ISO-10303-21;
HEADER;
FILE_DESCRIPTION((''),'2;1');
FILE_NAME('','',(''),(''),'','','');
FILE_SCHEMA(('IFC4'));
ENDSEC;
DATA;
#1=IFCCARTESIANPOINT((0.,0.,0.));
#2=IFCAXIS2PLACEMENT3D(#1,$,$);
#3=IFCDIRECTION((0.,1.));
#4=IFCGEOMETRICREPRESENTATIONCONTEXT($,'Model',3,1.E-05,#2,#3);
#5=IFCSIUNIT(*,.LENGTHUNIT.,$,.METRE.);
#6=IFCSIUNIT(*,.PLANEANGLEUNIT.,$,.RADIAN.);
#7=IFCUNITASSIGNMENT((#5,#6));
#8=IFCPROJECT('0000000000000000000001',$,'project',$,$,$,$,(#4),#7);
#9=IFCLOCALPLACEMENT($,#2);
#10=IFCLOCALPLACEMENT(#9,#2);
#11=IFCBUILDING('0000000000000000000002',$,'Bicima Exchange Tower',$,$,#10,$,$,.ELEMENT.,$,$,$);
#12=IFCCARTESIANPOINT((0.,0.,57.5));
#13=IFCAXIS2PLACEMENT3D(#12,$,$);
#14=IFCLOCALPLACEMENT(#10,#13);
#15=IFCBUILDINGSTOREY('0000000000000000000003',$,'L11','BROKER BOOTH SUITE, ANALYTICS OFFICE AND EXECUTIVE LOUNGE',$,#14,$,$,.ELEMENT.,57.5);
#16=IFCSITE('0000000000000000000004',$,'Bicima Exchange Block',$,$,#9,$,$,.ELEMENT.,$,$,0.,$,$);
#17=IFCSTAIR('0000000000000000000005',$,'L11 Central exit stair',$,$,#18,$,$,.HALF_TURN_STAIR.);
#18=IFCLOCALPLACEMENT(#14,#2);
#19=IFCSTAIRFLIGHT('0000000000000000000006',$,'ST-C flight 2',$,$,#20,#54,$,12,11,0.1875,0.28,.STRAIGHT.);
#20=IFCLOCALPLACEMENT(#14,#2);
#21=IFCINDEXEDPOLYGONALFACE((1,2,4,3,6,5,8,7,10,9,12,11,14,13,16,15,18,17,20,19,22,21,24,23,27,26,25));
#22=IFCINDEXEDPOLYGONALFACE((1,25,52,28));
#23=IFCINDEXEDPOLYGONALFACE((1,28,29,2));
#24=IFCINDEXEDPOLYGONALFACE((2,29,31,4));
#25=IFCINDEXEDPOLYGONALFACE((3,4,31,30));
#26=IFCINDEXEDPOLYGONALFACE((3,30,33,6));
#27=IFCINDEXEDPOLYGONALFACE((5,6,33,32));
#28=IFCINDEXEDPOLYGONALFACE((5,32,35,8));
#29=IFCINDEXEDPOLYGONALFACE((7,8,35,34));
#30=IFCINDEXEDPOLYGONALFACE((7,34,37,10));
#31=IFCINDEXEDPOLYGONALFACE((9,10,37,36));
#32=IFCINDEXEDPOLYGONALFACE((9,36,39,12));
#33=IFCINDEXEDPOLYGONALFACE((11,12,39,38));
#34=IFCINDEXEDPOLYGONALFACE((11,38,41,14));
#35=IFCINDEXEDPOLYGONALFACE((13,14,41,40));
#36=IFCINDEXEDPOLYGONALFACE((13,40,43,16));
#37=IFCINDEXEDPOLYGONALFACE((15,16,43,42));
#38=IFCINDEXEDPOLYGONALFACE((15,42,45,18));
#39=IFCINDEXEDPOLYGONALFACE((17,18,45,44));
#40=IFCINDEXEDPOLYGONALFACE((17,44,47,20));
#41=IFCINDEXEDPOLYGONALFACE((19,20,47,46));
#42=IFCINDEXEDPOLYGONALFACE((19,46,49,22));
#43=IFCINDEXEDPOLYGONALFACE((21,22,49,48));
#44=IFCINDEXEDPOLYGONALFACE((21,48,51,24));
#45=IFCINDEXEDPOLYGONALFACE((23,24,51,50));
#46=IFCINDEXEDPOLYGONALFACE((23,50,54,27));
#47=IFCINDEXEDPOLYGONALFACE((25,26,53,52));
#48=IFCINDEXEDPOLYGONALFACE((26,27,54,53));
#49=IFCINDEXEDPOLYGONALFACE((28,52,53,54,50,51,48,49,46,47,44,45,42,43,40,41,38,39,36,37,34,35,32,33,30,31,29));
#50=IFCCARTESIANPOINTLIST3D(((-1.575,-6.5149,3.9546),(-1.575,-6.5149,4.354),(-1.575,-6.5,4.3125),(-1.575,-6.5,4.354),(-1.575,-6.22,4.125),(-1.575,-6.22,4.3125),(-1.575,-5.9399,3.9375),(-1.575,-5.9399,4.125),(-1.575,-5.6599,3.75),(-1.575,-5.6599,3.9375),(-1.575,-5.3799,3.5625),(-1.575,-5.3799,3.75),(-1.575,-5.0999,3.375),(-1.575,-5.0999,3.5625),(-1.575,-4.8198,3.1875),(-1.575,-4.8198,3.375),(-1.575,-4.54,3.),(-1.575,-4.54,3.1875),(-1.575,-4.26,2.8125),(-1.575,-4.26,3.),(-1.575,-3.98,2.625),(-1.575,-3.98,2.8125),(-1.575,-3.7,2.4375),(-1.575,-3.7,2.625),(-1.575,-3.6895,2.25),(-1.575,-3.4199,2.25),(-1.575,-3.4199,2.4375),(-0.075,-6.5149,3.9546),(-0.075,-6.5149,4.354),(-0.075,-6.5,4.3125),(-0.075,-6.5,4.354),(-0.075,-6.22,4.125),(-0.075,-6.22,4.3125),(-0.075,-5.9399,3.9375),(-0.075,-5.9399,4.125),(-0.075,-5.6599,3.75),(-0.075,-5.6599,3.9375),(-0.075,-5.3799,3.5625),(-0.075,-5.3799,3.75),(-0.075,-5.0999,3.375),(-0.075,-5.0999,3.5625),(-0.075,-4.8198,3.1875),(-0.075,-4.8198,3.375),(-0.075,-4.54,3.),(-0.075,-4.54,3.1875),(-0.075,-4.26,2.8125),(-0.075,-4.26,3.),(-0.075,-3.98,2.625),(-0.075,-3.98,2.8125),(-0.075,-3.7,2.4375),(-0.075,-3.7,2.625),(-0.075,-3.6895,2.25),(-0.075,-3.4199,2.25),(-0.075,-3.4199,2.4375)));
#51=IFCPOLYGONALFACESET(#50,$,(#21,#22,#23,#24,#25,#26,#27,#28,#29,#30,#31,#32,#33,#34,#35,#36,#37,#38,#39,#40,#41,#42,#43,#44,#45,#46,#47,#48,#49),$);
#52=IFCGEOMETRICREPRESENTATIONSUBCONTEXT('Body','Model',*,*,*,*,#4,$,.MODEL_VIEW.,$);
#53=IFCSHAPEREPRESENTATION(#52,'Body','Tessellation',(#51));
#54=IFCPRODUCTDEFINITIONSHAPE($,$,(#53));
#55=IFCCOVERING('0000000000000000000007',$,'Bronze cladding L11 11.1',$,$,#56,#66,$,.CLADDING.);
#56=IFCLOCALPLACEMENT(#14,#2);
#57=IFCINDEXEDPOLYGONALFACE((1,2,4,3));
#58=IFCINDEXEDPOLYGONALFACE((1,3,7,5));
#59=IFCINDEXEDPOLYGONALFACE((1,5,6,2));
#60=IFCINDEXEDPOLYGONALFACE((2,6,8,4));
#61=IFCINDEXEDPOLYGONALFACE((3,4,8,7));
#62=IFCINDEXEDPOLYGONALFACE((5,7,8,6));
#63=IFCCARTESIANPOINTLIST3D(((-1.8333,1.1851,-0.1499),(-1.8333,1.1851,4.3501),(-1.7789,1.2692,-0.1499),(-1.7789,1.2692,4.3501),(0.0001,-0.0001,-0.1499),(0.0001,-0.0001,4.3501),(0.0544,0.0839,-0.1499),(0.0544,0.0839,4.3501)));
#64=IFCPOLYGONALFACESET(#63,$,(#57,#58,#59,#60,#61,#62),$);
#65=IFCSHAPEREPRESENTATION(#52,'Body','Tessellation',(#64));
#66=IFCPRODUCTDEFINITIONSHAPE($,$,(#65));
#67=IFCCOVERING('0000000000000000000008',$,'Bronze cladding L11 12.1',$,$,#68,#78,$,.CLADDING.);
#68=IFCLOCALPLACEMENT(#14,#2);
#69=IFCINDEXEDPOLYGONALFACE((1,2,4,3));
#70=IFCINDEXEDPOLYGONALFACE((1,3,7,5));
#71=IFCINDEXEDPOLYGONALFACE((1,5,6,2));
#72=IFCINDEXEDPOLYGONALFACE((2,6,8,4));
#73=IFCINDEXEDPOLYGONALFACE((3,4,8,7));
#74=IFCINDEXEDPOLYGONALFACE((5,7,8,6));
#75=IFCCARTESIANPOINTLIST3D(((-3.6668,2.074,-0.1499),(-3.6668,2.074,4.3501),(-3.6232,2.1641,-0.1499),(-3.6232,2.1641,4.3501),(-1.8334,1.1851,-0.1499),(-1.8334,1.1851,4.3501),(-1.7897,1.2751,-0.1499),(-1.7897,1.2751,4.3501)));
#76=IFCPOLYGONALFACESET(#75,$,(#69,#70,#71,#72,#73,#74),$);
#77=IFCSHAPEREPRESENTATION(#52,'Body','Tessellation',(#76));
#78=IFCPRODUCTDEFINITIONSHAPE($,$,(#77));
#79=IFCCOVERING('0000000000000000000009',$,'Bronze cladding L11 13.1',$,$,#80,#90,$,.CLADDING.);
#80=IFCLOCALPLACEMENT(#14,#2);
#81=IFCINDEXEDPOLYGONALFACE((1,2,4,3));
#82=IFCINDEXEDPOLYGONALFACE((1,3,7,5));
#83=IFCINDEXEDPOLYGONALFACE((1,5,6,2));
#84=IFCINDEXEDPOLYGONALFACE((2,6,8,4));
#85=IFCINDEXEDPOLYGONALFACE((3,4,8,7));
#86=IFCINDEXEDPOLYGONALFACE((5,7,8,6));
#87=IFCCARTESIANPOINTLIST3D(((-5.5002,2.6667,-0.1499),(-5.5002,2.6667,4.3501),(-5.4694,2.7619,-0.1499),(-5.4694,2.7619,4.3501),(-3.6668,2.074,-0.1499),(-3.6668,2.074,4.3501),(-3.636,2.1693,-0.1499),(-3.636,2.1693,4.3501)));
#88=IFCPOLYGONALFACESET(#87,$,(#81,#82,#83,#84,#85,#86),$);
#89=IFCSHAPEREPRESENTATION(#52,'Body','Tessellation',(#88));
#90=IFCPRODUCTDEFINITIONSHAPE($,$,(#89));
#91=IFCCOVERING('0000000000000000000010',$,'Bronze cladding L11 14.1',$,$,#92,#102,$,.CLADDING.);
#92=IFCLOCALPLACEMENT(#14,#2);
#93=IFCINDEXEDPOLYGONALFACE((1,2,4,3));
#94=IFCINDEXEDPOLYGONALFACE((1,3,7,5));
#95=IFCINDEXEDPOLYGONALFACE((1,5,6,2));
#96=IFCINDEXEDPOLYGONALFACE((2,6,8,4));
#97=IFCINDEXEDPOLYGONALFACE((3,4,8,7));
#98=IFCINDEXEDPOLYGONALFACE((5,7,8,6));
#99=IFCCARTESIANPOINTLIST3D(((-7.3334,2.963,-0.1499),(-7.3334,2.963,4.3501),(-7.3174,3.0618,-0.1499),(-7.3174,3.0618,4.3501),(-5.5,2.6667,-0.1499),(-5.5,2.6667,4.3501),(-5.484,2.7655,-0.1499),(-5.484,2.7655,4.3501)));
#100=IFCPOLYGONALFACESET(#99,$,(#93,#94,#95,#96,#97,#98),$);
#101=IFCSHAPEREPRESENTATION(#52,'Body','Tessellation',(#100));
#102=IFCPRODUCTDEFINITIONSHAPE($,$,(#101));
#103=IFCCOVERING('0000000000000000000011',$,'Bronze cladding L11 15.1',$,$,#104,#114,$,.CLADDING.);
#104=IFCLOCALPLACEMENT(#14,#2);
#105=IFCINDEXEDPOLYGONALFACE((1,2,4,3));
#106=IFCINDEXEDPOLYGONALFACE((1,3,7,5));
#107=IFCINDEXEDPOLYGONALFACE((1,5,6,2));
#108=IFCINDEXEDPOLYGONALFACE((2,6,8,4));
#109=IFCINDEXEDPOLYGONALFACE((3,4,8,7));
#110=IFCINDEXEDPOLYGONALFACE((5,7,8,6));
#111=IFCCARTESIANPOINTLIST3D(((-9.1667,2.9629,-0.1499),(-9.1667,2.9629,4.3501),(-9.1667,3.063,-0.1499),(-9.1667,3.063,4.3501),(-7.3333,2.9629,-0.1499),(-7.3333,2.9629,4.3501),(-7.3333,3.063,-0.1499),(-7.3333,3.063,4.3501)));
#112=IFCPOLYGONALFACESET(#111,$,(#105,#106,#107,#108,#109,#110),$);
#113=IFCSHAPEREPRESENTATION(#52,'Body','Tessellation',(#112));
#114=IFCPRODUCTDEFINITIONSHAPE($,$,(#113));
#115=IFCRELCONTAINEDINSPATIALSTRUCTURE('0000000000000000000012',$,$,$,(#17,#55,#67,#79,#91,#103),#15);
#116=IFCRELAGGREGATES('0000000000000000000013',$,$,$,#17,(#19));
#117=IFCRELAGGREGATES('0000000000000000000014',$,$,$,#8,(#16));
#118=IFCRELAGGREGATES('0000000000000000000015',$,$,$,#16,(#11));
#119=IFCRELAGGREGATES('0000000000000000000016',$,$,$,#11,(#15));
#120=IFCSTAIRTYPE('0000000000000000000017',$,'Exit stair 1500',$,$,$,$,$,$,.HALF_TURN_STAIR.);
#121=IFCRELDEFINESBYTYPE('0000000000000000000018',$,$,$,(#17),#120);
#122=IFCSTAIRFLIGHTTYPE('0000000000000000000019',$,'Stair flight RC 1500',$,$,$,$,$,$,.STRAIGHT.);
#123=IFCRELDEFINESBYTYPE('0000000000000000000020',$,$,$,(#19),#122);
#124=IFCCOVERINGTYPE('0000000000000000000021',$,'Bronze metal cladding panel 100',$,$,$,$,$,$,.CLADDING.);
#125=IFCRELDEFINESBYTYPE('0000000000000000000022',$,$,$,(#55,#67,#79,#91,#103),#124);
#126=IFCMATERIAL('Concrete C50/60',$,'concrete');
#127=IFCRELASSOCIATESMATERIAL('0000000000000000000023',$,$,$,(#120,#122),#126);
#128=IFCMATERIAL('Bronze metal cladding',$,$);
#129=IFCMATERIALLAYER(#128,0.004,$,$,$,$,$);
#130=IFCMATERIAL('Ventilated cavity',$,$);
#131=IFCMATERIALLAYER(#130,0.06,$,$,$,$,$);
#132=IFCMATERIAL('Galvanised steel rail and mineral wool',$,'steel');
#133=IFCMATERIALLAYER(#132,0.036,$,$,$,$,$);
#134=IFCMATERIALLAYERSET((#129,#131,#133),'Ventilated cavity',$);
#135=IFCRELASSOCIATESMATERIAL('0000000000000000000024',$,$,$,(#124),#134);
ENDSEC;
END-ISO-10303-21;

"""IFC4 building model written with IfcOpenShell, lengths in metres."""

from ifc_helpers import new_model, si_unit, direction, frame, origin, origin_2d, place, context, subcontext, project, spatial, polyline, rectangle, outline, extrude, material, layer, layer_set, type_object, element, aggregate, save


model = new_model("IFC4")

# Units and contexts
model_context = context("Model", 3, precision=1e-05, world=origin(), true_north=direction((0.0, 1.0)))
body_context = subcontext(model_context, "Body", "Model", "MODEL_VIEW")
ifc_project = project(units=[si_unit("LENGTHUNIT", "METRE"), si_unit("PLANEANGLEUNIT", "RADIAN")], contexts=[model_context])

# Site, building, storey
site_placement = place(None, origin())
site = spatial("IfcSite", under=ifc_project, at=site_placement, Name="Bicima Exchange Block", CompositionType="ELEMENT", RefElevation=0.0)
building_placement = place(site_placement, origin())
building = spatial("IfcBuilding", under=site, at=building_placement, Name="Bicima Exchange Tower", CompositionType="ELEMENT")
storey_placement = place(building_placement, frame((0.0, 0.0, 57.5)))
storey = spatial("IfcBuildingStorey", under=building, at=storey_placement, Name="L11", Description="BROKER BOOTH SUITE, ANALYTICS OFFICE AND EXECUTIVE LOUNGE", CompositionType="ELEMENT", Elevation=57.5)

# Shared definitions
ifc_material_1 = material(Name="Concrete C50/60", Category="concrete")

# Stair, stair flight
stair_type = type_object("IfcStairType", Name="Exit stair 1500", PredefinedType="HALF_TURN_STAIR", material=ifc_material_1)
stair_placement = place(storey_placement, origin())
stair = element("IfcStair", 1, at=stair_placement, inside=storey, type_object=stair_type, Name="L11 Central exit stair", PredefinedType="HALF_TURN_STAIR")
stair_flight_type = type_object("IfcStairFlightType", Name="Stair flight RC 1500", PredefinedType="STRAIGHT", material=ifc_material_1)
stair_flight_placement = place(storey_placement, frame((-0.825, -3.4199, 2.25), z_axis=(0.0, 0.0, 1.0), x_axis=(0.0, -1.0, 0.0)))
stair_flight = element("IfcStairFlight", 2, at=stair_flight_placement, type_object=stair_flight_type, Name="ST-C flight 2", NumberOfRisers=12, NumberOfTreads=11, PredefinedType="STRAIGHT", RiserHeight=0.1875, TreadLength=0.28, context=body_context, shape_type="SweptSolid", body=[
    extrude(outline(polyline([(0.0, 0.0), (0.0, 0.1875), (0.28, 0.1875), (0.28, 0.375), (0.5601, 0.375), (0.5601, 0.5625), (0.8401, 0.5625), (0.8401, 0.75), (1.1201, 0.75), (1.1201, 0.9375), (1.3999, 0.9375), (1.3999, 1.125), (1.6799, 1.125), (1.6799, 1.3125), (1.96, 1.3125), (1.96, 1.5), (2.24, 1.5), (2.24, 1.6875), (2.52, 1.6875), (2.52, 1.875), (2.8, 1.875), (2.8, 2.0625), (3.0801, 2.0625), (3.0801, 2.104), (3.095, 2.104), (3.095, 1.7046), (0.2695, 0.0), (0.0, 0.0)])), frame((0.0, 0.75, 0.0), z_axis=(0.0, -1.0, 0.0), x_axis=(1.0, 0.0, 0.0)), (0.0, 0.0, 1.0), 1.5),
])
aggregate(stair, [stair_flight])

# Coverings
ifc_material_2 = material(Name="Bronze metal cladding")
ifc_layer_1 = layer(ifc_material_2, 0.004)
ifc_material_3 = material(Name="Ventilated cavity")
ifc_layer_2 = layer(ifc_material_3, 0.06)
ifc_material_4 = material(Name="Galvanised steel rail and mineral wool", Category="steel")
ifc_layer_3 = layer(ifc_material_4, 0.036)
ifc_layer_set_1 = layer_set([ifc_layer_1, ifc_layer_2, ifc_layer_3], Name="Ventilated cavity")
covering_type = type_object("IfcCoveringType", Name="Bronze metal cladding panel 100", PredefinedType="CLADDING", material=ifc_layer_set_1)
covering_1_placement = place(storey_placement, frame((-0.8894, 0.6345, -0.1499), z_axis=(0.0, 0.0, 1.0), x_axis=(-0.83979, 0.542911, 0.0)))
element("IfcCovering", 3, at=covering_1_placement, inside=storey, type_object=covering_type, Name="Bronze cladding L11 11.1", PredefinedType="CLADDING", context=body_context, shape_type="SweptSolid", body=[
    extrude(rectangle(XDim=2.1831, YDim=0.1001, at=origin_2d()), origin(), (0.0, 0.0, 1.0), 4.5),
])
covering_2_placement = place(storey_placement, frame((-2.7283, 1.6746, -0.1499), z_axis=(0.0, 0.0, 1.0), x_axis=(-0.899818, 0.436265, 0.0)))
element("IfcCovering", 4, at=covering_2_placement, inside=storey, type_object=covering_type, Name="Bronze cladding L11 12.1", PredefinedType="CLADDING", context=body_context, shape_type="SweptSolid", body=[
    extrude(rectangle(XDim=2.0376, YDim=0.1001, at=origin_2d()), origin(), (0.0, 0.0, 1.0), 4.5),
])
covering_3_placement = place(storey_placement, frame((-4.5681, 2.418, -0.1499), z_axis=(0.0, 0.0, 1.0), x_axis=(-0.951525, 0.307573, 0.0)))
element("IfcCovering", 5, at=covering_3_placement, inside=storey, type_object=covering_type, Name="Bronze cladding L11 13.1", PredefinedType="CLADDING", context=body_context, shape_type="SweptSolid", body=[
    extrude(rectangle(XDim=1.9268, YDim=0.1001, at=origin_2d()), origin(), (0.0, 0.0, 1.0), 4.5),
])
covering_4_placement = place(storey_placement, frame((-6.4087, 2.8643, -0.1499), z_axis=(0.0, 0.0, 1.0), x_axis=(-0.98719, 0.15955, 0.0)))
element("IfcCovering", 6, at=covering_4_placement, inside=storey, type_object=covering_type, Name="Bronze cladding L11 14.1", PredefinedType="CLADDING", context=body_context, shape_type="SweptSolid", body=[
    extrude(rectangle(XDim=1.8572, YDim=0.1001, at=origin_2d()), origin(), (0.0, 0.0, 1.0), 4.5),
])
covering_5_placement = place(storey_placement, frame((-8.25, 3.0129, -0.1499), z_axis=(0.0, 0.0, 1.0), x_axis=(-1.0, 0.0, 0.0)))
element("IfcCovering", 7, at=covering_5_placement, inside=storey, type_object=covering_type, Name="Bronze cladding L11 15.1", PredefinedType="CLADDING", context=body_context, shape_type="SweptSolid", body=[
    extrude(rectangle(XDim=1.8335, YDim=0.1001, at=origin_2d()), origin(), (0.0, 0.0, 1.0), 4.5),
])

save(model, "model.ifc")
